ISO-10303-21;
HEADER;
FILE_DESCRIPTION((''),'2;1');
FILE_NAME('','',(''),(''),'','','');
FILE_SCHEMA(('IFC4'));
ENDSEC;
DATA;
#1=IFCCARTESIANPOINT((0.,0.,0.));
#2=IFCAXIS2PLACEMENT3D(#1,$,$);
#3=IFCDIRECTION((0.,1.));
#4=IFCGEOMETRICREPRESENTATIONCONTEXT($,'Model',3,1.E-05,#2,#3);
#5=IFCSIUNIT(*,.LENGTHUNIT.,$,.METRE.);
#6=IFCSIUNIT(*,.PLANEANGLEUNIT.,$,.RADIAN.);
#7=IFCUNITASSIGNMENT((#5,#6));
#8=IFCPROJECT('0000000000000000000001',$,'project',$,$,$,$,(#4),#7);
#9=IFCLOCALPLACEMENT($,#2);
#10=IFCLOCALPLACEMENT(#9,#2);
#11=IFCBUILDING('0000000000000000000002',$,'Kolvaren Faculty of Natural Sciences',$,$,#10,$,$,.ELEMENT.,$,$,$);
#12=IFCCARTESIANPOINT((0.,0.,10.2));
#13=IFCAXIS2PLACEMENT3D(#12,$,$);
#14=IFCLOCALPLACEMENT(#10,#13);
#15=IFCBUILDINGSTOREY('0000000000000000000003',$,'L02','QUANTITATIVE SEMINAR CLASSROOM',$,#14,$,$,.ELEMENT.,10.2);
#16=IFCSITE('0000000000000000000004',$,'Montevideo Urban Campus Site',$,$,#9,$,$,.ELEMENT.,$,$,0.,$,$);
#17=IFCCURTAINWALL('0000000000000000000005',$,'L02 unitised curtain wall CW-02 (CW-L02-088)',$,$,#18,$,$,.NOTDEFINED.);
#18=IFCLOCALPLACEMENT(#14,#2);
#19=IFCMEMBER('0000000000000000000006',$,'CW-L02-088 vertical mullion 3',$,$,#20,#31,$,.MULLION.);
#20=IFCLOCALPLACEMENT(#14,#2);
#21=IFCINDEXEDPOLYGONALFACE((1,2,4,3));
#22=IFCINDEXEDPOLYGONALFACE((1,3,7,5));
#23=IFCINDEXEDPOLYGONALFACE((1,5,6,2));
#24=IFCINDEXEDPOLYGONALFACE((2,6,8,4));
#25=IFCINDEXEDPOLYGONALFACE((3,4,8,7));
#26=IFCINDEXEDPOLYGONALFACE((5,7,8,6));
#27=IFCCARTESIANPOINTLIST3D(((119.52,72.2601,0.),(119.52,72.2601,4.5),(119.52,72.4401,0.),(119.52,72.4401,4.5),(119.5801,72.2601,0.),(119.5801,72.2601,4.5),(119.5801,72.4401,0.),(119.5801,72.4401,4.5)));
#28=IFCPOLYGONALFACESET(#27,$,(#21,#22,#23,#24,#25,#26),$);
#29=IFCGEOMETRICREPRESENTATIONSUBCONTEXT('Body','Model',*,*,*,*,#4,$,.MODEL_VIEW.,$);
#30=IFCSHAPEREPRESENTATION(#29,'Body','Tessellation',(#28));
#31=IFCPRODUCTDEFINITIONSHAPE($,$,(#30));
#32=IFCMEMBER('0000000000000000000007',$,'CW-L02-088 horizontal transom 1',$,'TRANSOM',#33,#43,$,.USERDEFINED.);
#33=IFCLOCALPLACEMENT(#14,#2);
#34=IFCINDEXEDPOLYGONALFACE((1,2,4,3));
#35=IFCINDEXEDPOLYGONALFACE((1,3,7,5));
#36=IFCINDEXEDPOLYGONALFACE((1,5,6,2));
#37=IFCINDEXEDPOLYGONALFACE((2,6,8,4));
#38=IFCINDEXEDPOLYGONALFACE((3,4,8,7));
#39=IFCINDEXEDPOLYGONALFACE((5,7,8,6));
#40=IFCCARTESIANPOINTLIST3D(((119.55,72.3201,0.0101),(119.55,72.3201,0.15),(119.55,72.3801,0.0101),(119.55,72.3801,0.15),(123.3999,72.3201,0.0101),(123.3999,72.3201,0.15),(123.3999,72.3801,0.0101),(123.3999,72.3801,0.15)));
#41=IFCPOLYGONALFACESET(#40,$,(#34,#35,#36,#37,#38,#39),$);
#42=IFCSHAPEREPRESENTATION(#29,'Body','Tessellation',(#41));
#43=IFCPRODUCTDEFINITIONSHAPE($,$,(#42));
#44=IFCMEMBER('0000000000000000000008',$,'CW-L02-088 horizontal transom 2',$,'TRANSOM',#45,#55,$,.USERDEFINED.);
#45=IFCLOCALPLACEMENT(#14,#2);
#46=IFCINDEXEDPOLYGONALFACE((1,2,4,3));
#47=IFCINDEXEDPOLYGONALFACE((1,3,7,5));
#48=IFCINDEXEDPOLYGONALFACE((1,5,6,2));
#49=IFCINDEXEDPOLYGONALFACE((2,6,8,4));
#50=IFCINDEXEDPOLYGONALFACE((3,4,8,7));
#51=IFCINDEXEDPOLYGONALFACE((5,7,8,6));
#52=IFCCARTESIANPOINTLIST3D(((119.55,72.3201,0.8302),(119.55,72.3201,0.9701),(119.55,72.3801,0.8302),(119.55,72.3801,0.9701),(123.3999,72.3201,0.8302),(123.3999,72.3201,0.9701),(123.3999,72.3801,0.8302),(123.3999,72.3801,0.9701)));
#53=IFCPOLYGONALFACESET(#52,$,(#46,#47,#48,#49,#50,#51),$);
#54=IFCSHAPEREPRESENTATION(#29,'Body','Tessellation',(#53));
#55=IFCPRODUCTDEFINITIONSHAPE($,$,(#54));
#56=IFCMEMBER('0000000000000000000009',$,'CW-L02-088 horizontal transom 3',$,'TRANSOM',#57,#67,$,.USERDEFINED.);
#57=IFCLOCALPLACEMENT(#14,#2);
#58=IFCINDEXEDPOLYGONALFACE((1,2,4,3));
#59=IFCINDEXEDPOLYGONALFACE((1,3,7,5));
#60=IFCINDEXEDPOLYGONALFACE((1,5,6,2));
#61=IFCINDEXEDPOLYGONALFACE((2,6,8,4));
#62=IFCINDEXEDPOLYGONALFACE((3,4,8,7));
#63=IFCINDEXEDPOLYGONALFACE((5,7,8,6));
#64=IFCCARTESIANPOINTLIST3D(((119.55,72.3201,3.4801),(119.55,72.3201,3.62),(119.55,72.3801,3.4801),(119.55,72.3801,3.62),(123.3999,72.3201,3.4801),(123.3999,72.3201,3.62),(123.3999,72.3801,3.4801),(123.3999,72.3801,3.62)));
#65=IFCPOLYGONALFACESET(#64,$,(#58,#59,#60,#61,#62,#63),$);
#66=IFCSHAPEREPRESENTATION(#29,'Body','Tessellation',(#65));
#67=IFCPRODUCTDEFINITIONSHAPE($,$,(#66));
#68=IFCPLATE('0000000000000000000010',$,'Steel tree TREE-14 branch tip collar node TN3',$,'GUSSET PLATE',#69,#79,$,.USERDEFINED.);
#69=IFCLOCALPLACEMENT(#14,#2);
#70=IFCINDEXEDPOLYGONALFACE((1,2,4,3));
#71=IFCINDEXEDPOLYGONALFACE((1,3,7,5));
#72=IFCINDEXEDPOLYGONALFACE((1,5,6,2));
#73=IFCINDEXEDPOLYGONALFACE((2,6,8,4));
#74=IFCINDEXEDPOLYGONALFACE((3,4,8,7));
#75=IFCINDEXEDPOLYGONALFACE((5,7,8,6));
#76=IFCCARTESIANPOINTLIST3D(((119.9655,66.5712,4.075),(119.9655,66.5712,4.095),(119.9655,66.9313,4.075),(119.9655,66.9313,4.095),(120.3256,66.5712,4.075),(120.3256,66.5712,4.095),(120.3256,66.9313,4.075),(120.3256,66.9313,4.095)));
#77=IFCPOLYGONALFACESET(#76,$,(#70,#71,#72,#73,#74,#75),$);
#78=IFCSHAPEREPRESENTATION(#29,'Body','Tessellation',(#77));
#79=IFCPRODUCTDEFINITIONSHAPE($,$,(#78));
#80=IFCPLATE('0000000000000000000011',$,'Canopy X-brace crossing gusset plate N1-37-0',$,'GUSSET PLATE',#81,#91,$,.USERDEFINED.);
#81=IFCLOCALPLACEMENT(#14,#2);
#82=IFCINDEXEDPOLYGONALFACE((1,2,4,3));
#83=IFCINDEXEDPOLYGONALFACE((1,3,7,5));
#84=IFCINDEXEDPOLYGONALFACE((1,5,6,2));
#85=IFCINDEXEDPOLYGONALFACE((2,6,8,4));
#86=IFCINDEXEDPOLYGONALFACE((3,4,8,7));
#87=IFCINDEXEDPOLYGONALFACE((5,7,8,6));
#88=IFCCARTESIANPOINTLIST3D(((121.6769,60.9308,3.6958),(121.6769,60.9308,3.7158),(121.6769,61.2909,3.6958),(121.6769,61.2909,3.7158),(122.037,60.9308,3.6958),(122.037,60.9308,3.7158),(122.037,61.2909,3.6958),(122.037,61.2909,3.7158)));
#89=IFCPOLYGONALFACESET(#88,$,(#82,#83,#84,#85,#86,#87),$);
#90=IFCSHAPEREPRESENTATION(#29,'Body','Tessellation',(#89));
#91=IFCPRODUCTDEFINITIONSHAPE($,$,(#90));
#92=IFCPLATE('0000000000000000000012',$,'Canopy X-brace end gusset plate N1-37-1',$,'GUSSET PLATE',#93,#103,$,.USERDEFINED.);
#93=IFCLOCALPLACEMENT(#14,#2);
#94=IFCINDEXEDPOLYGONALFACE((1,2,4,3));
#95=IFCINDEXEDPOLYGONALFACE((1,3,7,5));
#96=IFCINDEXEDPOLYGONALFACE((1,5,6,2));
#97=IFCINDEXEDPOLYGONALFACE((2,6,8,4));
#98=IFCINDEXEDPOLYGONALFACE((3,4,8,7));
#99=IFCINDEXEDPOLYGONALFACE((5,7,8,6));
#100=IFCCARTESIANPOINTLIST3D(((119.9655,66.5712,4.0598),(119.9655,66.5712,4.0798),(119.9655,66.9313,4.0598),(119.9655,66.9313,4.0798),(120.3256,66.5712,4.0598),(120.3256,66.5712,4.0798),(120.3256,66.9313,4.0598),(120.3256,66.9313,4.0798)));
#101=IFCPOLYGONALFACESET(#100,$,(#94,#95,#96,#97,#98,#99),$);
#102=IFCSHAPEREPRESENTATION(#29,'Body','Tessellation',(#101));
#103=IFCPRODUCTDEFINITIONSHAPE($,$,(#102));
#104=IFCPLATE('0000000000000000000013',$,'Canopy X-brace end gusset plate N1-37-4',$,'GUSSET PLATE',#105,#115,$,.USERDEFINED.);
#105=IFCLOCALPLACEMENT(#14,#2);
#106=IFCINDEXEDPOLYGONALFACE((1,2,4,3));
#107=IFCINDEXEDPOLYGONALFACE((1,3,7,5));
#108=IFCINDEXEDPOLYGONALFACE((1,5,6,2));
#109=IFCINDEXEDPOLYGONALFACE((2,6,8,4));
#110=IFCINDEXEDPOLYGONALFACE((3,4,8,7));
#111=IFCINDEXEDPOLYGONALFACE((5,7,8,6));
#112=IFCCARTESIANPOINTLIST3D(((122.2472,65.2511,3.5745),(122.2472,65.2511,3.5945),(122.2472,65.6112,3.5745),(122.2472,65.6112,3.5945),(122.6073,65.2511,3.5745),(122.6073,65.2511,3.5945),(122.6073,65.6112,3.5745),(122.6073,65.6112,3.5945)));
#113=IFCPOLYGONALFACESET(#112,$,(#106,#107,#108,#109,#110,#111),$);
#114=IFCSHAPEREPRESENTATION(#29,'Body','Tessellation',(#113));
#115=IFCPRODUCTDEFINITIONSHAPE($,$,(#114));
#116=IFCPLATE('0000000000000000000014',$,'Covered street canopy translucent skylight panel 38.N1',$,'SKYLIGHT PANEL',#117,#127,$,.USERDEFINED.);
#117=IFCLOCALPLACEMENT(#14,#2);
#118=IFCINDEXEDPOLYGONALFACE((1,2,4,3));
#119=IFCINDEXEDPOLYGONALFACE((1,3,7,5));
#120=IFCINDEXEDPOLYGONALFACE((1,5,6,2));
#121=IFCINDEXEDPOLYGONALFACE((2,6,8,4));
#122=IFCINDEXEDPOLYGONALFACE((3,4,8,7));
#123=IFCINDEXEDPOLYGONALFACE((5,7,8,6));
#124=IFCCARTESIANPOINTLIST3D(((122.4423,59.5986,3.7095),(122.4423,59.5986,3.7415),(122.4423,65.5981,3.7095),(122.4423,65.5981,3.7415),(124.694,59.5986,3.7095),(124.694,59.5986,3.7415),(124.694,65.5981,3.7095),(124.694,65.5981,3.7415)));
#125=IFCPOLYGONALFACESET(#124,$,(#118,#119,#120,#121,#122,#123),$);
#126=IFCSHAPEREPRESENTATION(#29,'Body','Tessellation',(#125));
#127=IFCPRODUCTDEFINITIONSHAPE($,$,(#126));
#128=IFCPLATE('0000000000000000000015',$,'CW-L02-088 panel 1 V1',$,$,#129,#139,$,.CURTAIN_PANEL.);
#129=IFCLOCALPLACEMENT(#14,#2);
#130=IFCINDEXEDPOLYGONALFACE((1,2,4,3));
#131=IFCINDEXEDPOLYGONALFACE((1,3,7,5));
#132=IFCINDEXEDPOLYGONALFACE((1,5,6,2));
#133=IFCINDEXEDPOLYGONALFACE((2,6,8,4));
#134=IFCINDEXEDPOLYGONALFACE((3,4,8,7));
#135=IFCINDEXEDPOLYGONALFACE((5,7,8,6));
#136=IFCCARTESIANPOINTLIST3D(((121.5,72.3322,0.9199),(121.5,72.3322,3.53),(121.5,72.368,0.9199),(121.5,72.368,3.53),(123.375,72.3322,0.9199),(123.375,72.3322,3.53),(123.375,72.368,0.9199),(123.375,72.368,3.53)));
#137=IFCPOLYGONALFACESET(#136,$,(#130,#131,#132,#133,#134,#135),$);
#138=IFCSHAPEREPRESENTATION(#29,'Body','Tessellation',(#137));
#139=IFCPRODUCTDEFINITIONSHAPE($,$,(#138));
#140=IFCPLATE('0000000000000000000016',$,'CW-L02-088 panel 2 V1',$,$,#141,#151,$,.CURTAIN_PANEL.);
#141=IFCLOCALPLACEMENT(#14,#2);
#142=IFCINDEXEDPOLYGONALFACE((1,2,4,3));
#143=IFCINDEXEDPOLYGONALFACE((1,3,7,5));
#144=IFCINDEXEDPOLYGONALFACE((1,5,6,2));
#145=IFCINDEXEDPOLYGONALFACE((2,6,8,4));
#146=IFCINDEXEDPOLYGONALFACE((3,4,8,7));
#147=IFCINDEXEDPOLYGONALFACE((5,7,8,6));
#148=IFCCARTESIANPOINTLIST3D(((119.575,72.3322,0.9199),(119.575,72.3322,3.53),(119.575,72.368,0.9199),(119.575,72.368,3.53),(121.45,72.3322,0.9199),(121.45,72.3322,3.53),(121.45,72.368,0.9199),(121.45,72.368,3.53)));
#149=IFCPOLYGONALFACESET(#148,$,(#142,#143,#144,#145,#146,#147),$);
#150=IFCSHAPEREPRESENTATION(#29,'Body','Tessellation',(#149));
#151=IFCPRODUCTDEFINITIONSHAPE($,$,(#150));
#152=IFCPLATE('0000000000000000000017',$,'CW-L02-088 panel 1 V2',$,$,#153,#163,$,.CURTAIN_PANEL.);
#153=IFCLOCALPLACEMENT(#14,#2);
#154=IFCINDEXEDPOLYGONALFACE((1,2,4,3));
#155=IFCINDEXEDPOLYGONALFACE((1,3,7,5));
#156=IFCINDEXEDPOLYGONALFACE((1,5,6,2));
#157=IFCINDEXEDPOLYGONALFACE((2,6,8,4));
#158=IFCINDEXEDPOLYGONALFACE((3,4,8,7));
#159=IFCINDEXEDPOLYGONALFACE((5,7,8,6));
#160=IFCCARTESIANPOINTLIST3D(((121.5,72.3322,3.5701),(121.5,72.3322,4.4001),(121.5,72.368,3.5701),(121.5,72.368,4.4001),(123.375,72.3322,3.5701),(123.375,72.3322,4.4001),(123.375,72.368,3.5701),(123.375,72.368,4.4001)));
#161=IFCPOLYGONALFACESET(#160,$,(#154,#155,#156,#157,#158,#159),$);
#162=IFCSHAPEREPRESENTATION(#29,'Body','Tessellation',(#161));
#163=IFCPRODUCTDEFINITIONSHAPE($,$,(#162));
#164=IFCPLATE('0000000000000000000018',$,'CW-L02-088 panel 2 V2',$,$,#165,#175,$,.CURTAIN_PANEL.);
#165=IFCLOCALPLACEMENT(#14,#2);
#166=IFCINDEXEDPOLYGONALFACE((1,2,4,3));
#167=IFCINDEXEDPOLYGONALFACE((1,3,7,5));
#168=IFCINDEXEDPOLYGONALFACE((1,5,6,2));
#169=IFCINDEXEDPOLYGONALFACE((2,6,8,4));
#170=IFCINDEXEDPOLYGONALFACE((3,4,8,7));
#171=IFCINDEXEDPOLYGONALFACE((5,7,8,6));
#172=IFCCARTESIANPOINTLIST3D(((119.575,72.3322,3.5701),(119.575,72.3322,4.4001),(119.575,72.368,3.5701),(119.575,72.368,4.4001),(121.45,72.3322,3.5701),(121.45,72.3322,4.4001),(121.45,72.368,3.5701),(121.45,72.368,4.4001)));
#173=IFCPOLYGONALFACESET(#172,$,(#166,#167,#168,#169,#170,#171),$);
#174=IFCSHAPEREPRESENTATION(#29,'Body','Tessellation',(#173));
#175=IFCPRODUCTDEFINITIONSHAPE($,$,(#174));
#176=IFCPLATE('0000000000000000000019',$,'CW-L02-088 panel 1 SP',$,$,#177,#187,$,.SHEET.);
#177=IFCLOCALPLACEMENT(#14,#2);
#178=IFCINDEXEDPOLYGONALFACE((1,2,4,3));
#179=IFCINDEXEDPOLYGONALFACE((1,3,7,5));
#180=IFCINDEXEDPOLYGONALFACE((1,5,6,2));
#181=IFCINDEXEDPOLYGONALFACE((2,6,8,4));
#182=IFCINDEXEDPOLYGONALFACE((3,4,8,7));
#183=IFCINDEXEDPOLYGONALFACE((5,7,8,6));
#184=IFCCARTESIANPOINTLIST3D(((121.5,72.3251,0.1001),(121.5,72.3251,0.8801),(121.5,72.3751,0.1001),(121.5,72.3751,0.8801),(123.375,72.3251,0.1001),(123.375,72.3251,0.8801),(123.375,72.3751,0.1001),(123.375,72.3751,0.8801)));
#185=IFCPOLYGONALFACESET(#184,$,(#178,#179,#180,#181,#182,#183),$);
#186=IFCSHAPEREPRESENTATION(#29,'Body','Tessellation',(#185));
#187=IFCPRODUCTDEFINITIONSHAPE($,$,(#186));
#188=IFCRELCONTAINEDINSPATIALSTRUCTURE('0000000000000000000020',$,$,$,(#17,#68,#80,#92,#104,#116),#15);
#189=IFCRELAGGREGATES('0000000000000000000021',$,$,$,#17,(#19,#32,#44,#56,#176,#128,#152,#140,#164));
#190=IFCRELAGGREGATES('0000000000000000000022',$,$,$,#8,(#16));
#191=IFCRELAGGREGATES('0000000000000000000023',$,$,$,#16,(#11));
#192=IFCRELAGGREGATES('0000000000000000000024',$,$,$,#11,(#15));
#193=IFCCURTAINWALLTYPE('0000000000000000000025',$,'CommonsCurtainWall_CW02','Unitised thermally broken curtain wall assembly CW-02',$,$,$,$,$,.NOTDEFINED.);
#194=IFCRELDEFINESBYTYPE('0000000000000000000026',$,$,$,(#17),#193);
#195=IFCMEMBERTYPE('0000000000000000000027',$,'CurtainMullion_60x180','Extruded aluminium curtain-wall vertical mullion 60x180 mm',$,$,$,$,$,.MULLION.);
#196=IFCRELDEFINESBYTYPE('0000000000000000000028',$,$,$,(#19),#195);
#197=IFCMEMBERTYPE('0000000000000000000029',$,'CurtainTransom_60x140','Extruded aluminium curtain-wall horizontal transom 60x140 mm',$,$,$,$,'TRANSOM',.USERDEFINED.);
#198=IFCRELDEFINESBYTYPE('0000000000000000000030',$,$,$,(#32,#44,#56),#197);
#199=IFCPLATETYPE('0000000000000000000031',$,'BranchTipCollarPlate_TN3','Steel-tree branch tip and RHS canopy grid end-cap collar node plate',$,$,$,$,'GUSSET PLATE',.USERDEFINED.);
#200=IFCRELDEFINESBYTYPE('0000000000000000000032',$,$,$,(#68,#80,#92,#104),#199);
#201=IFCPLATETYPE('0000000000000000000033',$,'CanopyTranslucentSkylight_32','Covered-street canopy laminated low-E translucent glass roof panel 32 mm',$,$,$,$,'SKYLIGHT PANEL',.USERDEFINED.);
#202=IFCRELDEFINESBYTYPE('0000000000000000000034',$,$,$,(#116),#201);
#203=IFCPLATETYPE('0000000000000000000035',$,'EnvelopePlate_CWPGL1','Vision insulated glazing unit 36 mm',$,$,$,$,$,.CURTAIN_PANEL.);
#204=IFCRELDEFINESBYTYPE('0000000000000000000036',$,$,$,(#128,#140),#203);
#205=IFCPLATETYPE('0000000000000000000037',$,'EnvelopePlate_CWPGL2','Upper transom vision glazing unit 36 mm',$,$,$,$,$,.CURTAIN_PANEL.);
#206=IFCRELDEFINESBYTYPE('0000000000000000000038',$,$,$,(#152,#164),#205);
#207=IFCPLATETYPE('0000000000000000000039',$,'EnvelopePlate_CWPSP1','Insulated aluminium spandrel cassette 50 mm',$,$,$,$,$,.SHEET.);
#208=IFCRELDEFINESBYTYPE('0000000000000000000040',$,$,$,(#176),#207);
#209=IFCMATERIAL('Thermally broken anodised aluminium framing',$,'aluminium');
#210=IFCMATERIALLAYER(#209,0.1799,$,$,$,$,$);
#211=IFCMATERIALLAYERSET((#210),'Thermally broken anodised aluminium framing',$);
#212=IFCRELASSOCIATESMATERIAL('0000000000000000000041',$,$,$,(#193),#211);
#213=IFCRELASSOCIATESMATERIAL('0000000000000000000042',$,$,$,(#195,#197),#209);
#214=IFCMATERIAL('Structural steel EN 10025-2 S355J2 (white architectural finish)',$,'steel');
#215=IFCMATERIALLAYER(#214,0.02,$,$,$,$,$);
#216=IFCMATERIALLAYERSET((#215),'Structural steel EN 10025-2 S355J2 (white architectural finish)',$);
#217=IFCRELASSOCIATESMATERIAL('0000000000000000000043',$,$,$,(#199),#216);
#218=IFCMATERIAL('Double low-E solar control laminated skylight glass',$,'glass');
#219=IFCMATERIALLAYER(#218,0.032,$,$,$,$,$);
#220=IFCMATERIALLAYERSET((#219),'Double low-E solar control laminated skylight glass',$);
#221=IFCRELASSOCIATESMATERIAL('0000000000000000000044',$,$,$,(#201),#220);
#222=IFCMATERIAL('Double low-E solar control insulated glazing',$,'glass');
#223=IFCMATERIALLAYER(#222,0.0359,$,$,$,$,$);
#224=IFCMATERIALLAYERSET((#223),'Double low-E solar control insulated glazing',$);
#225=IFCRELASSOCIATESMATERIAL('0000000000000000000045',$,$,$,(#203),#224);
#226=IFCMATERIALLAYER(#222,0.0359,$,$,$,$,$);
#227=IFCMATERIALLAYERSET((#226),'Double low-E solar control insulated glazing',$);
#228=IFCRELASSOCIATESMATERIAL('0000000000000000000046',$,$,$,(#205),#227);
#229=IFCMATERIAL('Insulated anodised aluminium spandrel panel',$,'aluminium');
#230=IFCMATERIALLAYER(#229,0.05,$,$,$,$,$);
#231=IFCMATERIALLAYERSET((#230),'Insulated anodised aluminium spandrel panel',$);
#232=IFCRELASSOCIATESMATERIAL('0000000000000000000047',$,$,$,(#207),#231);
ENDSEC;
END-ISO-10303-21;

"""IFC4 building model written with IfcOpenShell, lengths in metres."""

from ifc_helpers import new_model, si_unit, direction, frame, origin, origin_2d, place, context, subcontext, project, spatial, rectangle, extrude, material, layer, layer_set, material_profile, profile_set, type_object, element, aggregate, save


model = new_model("IFC4")

# Units and contexts
model_context = context("Model", 3, precision=1e-05, world=origin(), true_north=direction((0.0, 1.0)))
body_context = subcontext(model_context, "Body", "Model", "MODEL_VIEW")
ifc_project = project(units=[si_unit("LENGTHUNIT", "METRE"), si_unit("PLANEANGLEUNIT", "RADIAN")], contexts=[model_context])

# Site, building, storey
site_placement = place(None, origin())
site = spatial("IfcSite", under=ifc_project, at=site_placement, Name="Montevideo Urban Campus Site", CompositionType="ELEMENT", RefElevation=0.0)
building_placement = place(site_placement, origin())
building = spatial("IfcBuilding", under=site, at=building_placement, Name="Kolvaren Faculty of Natural Sciences", CompositionType="ELEMENT")
storey_placement = place(building_placement, frame((0.0, 0.0, 10.2)))
storey = spatial("IfcBuildingStorey", under=building, at=storey_placement, Name="L02", Description="QUANTITATIVE SEMINAR CLASSROOM", CompositionType="ELEMENT", Elevation=10.2)

# Curtain wall, members
ifc_material_1 = material(Name="Thermally broken anodised aluminium framing", Category="aluminium")
ifc_layer_1 = layer(ifc_material_1, 0.1799)
ifc_layer_set_1 = layer_set([ifc_layer_1], Name="Thermally broken anodised aluminium framing")
curtain_wall_type = type_object("IfcCurtainWallType", Name="CommonsCurtainWall_CW02", Description="Unitised thermally broken curtain wall assembly CW-02", PredefinedType="NOTDEFINED", material=ifc_layer_set_1)
curtain_wall_placement = place(storey_placement, origin())
curtain_wall = element("IfcCurtainWall", 1, at=curtain_wall_placement, inside=storey, type_object=curtain_wall_type, Name="L02 unitised curtain wall CW-02 (CW-L02-088)", PredefinedType="NOTDEFINED")
ifc_material_profile_1 = material_profile(ifc_material_1, rectangle(XDim=0.0601, YDim=0.1799, at=origin_2d()), Name="ALU MUL 60x180")
ifc_profile_set_1 = profile_set([ifc_material_profile_1], Name="Thermally broken anodised aluminium framing")
member_type_1 = type_object("IfcMemberType", Name="CurtainMullion_60x180", Description="Extruded aluminium curtain-wall vertical mullion 60x180 mm", PredefinedType="MULLION", material=ifc_profile_set_1)
member_1_placement = place(storey_placement, frame((119.55, 72.3501, 0.0), z_axis=(0.0, 0.0, 1.0), x_axis=(-1.0, 0.0, 0.0)))
member_1 = element("IfcMember", 2, at=member_1_placement, type_object=member_type_1, Name="CW-L02-088 vertical mullion 3", PredefinedType="MULLION", context=body_context, shape_type="SweptSolid", body=[
    extrude(rectangle(XDim=0.0601, YDim=0.1799, at=origin_2d()), origin(), (0.0, 0.0, 1.0), 4.5),
])
ifc_material_profile_2 = material_profile(ifc_material_1, rectangle(XDim=0.0601, YDim=0.1399, at=origin_2d()), Name="ALU TRN 60x140")
ifc_profile_set_2 = profile_set([ifc_material_profile_2], Name="Thermally broken anodised aluminium framing")
member_type_2 = type_object("IfcMemberType", Name="CurtainTransom_60x140", Description="Extruded aluminium curtain-wall horizontal transom 60x140 mm", ElementType="TRANSOM", PredefinedType="USERDEFINED", material=ifc_profile_set_2)
member_2_placement = place(storey_placement, frame((123.3999, 72.3501, 0.0801), z_axis=(-1.0, 0.0, 0.0), x_axis=(0.0, -1.0, 0.0)))
member_2 = element("IfcMember", 3, at=member_2_placement, type_object=member_type_2, Name="CW-L02-088 horizontal transom 1", ObjectType="TRANSOM", PredefinedType="USERDEFINED", context=body_context, shape_type="SweptSolid", body=[
    extrude(rectangle(XDim=0.0601, YDim=0.1399, at=origin_2d()), origin(), (0.0, 0.0, 1.0), 3.8499),
])
member_3_placement = place(storey_placement, frame((123.3999, 72.3501, 0.9001), z_axis=(-1.0, 0.0, 0.0), x_axis=(0.0, -1.0, 0.0)))
member_3 = element("IfcMember", 4, at=member_3_placement, type_object=member_type_2, Name="CW-L02-088 horizontal transom 2", ObjectType="TRANSOM", PredefinedType="USERDEFINED", context=body_context, shape_type="SweptSolid", body=[
    extrude(rectangle(XDim=0.0601, YDim=0.1399, at=origin_2d()), origin(), (0.0, 0.0, 1.0), 3.8499),
])
member_4_placement = place(storey_placement, frame((123.3999, 72.3501, 3.55), z_axis=(-1.0, 0.0, 0.0), x_axis=(0.0, -1.0, 0.0)))
member_4 = element("IfcMember", 5, at=member_4_placement, type_object=member_type_2, Name="CW-L02-088 horizontal transom 3", ObjectType="TRANSOM", PredefinedType="USERDEFINED", context=body_context, shape_type="SweptSolid", body=[
    extrude(rectangle(XDim=0.0601, YDim=0.1399, at=origin_2d()), origin(), (0.0, 0.0, 1.0), 3.8499),
])

# Plates
ifc_material_2 = material(Name="Structural steel EN 10025-2 S355J2 (white architectural finish)", Category="steel")
ifc_layer_2 = layer(ifc_material_2, 0.02)
ifc_layer_set_2 = layer_set([ifc_layer_2], Name="Structural steel EN 10025-2 S355J2 (white architectural finish)")
plate_type_1 = type_object("IfcPlateType", Name="BranchTipCollarPlate_TN3", Description="Steel-tree branch tip and RHS canopy grid end-cap collar node plate", ElementType="GUSSET PLATE", PredefinedType="USERDEFINED", material=ifc_layer_set_2)
for number, where, z_axis, x_axis, name in (
    (6, (120.1455, 66.7512, 4.075), (0.0, 0.0, 1.0), (1.0, 0.0, 0.0), "Steel tree TREE-14 branch tip collar node TN3"),
    (7, (121.8569, 61.1108, 3.6958), (0.0, 0.0, 1.0), (1.0, 0.0, 0.0), "Canopy X-brace crossing gusset plate N1-37-0"),
    (8, (120.1455, 66.7512, 4.0598), (0.0, 0.0, 1.0), (1.0, 0.0, 0.0), "Canopy X-brace end gusset plate N1-37-1"),
    (9, (122.4272, 65.4312, 3.5745), (0.0, 0.0, 1.0), (1.0, 0.0, 0.0), "Canopy X-brace end gusset plate N1-37-4"),
):
    element("IfcPlate", number, at=place(storey_placement, frame(where, z_axis=z_axis, x_axis=x_axis)), inside=storey, type_object=plate_type_1, Name=name, ObjectType="GUSSET PLATE", PredefinedType="USERDEFINED", context=body_context, shape_type="SweptSolid", body=[
        extrude(rectangle(XDim=0.3601, YDim=0.3601, at=origin_2d()), origin(), (0.0, 0.0, 1.0), 0.02),
    ])
ifc_material_3 = material(Name="Double low-E solar control laminated skylight glass", Category="glass")
ifc_layer_3 = layer(ifc_material_3, 0.032)
ifc_layer_set_3 = layer_set([ifc_layer_3], Name="Double low-E solar control laminated skylight glass")
plate_type_2 = type_object("IfcPlateType", Name="CanopyTranslucentSkylight_32", Description="Covered-street canopy laminated low-E translucent glass roof panel 32 mm", ElementType="SKYLIGHT PANEL", PredefinedType="USERDEFINED", material=ifc_layer_set_3)
plate_1_placement = place(storey_placement, frame((123.5681, 62.5984, 3.7095), z_axis=(0.0, 0.0, 1.0), x_axis=(1.0, 0.0, 0.0)))
element("IfcPlate", 10, at=plate_1_placement, inside=storey, type_object=plate_type_2, Name="Covered street canopy translucent skylight panel 38.N1", ObjectType="SKYLIGHT PANEL", PredefinedType="USERDEFINED", context=body_context, shape_type="SweptSolid", body=[
    extrude(rectangle(XDim=2.2517, YDim=5.9995, at=origin_2d()), origin(), (0.0, 0.0, 1.0), 0.032),
])

# Plates
ifc_material_4 = material(Name="Double low-E solar control insulated glazing", Category="glass")
ifc_layer_4 = layer(ifc_material_4, 0.0359)
ifc_layer_set_4 = layer_set([ifc_layer_4], Name="Double low-E solar control insulated glazing")
plate_type_3 = type_object("IfcPlateType", Name="EnvelopePlate_CWPGL1", Description="Vision insulated glazing unit 36 mm", PredefinedType="CURTAIN_PANEL", material=ifc_layer_set_4)
plate_2_placement = place(storey_placement, frame((122.4375, 72.3501, 0.9199), z_axis=(0.0, 0.0, 1.0), x_axis=(-1.0, 0.0, 0.0)))
plate_2 = element("IfcPlate", 11, at=plate_2_placement, type_object=plate_type_3, Name="CW-L02-088 panel 1 V1", PredefinedType="CURTAIN_PANEL", context=body_context, shape_type="SweptSolid", body=[
    extrude(rectangle(XDim=1.875, YDim=0.0359, at=origin_2d()), origin(), (0.0, 0.0, 1.0), 2.6101),
])
plate_3_placement = place(storey_placement, frame((120.5125, 72.3501, 0.9199), z_axis=(0.0, 0.0, 1.0), x_axis=(-1.0, 0.0, 0.0)))
plate_3 = element("IfcPlate", 12, at=plate_3_placement, type_object=plate_type_3, Name="CW-L02-088 panel 2 V1", PredefinedType="CURTAIN_PANEL", context=body_context, shape_type="SweptSolid", body=[
    extrude(rectangle(XDim=1.875, YDim=0.0359, at=origin_2d()), origin(), (0.0, 0.0, 1.0), 2.6101),
])
ifc_layer_5 = layer(ifc_material_4, 0.0359)
ifc_layer_set_5 = layer_set([ifc_layer_5], Name="Double low-E solar control insulated glazing")
plate_type_4 = type_object("IfcPlateType", Name="EnvelopePlate_CWPGL2", Description="Upper transom vision glazing unit 36 mm", PredefinedType="CURTAIN_PANEL", material=ifc_layer_set_5)
plate_4_placement = place(storey_placement, frame((122.4375, 72.3501, 3.5701), z_axis=(0.0, 0.0, 1.0), x_axis=(-1.0, 0.0, 0.0)))
plate_4 = element("IfcPlate", 13, at=plate_4_placement, type_object=plate_type_4, Name="CW-L02-088 panel 1 V2", PredefinedType="CURTAIN_PANEL", context=body_context, shape_type="SweptSolid", body=[
    extrude(rectangle(XDim=1.875, YDim=0.0359, at=origin_2d()), origin(), (0.0, 0.0, 1.0), 0.8301),
])
plate_5_placement = place(storey_placement, frame((120.5125, 72.3501, 3.5701), z_axis=(0.0, 0.0, 1.0), x_axis=(-1.0, 0.0, 0.0)))
plate_5 = element("IfcPlate", 14, at=plate_5_placement, type_object=plate_type_4, Name="CW-L02-088 panel 2 V2", PredefinedType="CURTAIN_PANEL", context=body_context, shape_type="SweptSolid", body=[
    extrude(rectangle(XDim=1.875, YDim=0.0359, at=origin_2d()), origin(), (0.0, 0.0, 1.0), 0.8301),
])
ifc_material_5 = material(Name="Insulated anodised aluminium spandrel panel", Category="aluminium")
ifc_layer_6 = layer(ifc_material_5, 0.05)
ifc_layer_set_6 = layer_set([ifc_layer_6], Name="Insulated anodised aluminium spandrel panel")
plate_type_5 = type_object("IfcPlateType", Name="EnvelopePlate_CWPSP1", Description="Insulated aluminium spandrel cassette 50 mm", PredefinedType="SHEET", material=ifc_layer_set_6)
plate_6_placement = place(storey_placement, frame((122.4375, 72.3501, 0.1001), z_axis=(0.0, 0.0, 1.0), x_axis=(-1.0, 0.0, 0.0)))
plate_6 = element("IfcPlate", 15, at=plate_6_placement, type_object=plate_type_5, Name="CW-L02-088 panel 1 SP", PredefinedType="SHEET", context=body_context, shape_type="SweptSolid", body=[
    extrude(rectangle(XDim=1.875, YDim=0.05, at=origin_2d()), origin(), (0.0, 0.0, 1.0), 0.78),
])
aggregate(curtain_wall, [member_1, member_2, member_3, member_4, plate_6, plate_2, plate_4, plate_3, plate_5])

save(model, "model.ifc")
